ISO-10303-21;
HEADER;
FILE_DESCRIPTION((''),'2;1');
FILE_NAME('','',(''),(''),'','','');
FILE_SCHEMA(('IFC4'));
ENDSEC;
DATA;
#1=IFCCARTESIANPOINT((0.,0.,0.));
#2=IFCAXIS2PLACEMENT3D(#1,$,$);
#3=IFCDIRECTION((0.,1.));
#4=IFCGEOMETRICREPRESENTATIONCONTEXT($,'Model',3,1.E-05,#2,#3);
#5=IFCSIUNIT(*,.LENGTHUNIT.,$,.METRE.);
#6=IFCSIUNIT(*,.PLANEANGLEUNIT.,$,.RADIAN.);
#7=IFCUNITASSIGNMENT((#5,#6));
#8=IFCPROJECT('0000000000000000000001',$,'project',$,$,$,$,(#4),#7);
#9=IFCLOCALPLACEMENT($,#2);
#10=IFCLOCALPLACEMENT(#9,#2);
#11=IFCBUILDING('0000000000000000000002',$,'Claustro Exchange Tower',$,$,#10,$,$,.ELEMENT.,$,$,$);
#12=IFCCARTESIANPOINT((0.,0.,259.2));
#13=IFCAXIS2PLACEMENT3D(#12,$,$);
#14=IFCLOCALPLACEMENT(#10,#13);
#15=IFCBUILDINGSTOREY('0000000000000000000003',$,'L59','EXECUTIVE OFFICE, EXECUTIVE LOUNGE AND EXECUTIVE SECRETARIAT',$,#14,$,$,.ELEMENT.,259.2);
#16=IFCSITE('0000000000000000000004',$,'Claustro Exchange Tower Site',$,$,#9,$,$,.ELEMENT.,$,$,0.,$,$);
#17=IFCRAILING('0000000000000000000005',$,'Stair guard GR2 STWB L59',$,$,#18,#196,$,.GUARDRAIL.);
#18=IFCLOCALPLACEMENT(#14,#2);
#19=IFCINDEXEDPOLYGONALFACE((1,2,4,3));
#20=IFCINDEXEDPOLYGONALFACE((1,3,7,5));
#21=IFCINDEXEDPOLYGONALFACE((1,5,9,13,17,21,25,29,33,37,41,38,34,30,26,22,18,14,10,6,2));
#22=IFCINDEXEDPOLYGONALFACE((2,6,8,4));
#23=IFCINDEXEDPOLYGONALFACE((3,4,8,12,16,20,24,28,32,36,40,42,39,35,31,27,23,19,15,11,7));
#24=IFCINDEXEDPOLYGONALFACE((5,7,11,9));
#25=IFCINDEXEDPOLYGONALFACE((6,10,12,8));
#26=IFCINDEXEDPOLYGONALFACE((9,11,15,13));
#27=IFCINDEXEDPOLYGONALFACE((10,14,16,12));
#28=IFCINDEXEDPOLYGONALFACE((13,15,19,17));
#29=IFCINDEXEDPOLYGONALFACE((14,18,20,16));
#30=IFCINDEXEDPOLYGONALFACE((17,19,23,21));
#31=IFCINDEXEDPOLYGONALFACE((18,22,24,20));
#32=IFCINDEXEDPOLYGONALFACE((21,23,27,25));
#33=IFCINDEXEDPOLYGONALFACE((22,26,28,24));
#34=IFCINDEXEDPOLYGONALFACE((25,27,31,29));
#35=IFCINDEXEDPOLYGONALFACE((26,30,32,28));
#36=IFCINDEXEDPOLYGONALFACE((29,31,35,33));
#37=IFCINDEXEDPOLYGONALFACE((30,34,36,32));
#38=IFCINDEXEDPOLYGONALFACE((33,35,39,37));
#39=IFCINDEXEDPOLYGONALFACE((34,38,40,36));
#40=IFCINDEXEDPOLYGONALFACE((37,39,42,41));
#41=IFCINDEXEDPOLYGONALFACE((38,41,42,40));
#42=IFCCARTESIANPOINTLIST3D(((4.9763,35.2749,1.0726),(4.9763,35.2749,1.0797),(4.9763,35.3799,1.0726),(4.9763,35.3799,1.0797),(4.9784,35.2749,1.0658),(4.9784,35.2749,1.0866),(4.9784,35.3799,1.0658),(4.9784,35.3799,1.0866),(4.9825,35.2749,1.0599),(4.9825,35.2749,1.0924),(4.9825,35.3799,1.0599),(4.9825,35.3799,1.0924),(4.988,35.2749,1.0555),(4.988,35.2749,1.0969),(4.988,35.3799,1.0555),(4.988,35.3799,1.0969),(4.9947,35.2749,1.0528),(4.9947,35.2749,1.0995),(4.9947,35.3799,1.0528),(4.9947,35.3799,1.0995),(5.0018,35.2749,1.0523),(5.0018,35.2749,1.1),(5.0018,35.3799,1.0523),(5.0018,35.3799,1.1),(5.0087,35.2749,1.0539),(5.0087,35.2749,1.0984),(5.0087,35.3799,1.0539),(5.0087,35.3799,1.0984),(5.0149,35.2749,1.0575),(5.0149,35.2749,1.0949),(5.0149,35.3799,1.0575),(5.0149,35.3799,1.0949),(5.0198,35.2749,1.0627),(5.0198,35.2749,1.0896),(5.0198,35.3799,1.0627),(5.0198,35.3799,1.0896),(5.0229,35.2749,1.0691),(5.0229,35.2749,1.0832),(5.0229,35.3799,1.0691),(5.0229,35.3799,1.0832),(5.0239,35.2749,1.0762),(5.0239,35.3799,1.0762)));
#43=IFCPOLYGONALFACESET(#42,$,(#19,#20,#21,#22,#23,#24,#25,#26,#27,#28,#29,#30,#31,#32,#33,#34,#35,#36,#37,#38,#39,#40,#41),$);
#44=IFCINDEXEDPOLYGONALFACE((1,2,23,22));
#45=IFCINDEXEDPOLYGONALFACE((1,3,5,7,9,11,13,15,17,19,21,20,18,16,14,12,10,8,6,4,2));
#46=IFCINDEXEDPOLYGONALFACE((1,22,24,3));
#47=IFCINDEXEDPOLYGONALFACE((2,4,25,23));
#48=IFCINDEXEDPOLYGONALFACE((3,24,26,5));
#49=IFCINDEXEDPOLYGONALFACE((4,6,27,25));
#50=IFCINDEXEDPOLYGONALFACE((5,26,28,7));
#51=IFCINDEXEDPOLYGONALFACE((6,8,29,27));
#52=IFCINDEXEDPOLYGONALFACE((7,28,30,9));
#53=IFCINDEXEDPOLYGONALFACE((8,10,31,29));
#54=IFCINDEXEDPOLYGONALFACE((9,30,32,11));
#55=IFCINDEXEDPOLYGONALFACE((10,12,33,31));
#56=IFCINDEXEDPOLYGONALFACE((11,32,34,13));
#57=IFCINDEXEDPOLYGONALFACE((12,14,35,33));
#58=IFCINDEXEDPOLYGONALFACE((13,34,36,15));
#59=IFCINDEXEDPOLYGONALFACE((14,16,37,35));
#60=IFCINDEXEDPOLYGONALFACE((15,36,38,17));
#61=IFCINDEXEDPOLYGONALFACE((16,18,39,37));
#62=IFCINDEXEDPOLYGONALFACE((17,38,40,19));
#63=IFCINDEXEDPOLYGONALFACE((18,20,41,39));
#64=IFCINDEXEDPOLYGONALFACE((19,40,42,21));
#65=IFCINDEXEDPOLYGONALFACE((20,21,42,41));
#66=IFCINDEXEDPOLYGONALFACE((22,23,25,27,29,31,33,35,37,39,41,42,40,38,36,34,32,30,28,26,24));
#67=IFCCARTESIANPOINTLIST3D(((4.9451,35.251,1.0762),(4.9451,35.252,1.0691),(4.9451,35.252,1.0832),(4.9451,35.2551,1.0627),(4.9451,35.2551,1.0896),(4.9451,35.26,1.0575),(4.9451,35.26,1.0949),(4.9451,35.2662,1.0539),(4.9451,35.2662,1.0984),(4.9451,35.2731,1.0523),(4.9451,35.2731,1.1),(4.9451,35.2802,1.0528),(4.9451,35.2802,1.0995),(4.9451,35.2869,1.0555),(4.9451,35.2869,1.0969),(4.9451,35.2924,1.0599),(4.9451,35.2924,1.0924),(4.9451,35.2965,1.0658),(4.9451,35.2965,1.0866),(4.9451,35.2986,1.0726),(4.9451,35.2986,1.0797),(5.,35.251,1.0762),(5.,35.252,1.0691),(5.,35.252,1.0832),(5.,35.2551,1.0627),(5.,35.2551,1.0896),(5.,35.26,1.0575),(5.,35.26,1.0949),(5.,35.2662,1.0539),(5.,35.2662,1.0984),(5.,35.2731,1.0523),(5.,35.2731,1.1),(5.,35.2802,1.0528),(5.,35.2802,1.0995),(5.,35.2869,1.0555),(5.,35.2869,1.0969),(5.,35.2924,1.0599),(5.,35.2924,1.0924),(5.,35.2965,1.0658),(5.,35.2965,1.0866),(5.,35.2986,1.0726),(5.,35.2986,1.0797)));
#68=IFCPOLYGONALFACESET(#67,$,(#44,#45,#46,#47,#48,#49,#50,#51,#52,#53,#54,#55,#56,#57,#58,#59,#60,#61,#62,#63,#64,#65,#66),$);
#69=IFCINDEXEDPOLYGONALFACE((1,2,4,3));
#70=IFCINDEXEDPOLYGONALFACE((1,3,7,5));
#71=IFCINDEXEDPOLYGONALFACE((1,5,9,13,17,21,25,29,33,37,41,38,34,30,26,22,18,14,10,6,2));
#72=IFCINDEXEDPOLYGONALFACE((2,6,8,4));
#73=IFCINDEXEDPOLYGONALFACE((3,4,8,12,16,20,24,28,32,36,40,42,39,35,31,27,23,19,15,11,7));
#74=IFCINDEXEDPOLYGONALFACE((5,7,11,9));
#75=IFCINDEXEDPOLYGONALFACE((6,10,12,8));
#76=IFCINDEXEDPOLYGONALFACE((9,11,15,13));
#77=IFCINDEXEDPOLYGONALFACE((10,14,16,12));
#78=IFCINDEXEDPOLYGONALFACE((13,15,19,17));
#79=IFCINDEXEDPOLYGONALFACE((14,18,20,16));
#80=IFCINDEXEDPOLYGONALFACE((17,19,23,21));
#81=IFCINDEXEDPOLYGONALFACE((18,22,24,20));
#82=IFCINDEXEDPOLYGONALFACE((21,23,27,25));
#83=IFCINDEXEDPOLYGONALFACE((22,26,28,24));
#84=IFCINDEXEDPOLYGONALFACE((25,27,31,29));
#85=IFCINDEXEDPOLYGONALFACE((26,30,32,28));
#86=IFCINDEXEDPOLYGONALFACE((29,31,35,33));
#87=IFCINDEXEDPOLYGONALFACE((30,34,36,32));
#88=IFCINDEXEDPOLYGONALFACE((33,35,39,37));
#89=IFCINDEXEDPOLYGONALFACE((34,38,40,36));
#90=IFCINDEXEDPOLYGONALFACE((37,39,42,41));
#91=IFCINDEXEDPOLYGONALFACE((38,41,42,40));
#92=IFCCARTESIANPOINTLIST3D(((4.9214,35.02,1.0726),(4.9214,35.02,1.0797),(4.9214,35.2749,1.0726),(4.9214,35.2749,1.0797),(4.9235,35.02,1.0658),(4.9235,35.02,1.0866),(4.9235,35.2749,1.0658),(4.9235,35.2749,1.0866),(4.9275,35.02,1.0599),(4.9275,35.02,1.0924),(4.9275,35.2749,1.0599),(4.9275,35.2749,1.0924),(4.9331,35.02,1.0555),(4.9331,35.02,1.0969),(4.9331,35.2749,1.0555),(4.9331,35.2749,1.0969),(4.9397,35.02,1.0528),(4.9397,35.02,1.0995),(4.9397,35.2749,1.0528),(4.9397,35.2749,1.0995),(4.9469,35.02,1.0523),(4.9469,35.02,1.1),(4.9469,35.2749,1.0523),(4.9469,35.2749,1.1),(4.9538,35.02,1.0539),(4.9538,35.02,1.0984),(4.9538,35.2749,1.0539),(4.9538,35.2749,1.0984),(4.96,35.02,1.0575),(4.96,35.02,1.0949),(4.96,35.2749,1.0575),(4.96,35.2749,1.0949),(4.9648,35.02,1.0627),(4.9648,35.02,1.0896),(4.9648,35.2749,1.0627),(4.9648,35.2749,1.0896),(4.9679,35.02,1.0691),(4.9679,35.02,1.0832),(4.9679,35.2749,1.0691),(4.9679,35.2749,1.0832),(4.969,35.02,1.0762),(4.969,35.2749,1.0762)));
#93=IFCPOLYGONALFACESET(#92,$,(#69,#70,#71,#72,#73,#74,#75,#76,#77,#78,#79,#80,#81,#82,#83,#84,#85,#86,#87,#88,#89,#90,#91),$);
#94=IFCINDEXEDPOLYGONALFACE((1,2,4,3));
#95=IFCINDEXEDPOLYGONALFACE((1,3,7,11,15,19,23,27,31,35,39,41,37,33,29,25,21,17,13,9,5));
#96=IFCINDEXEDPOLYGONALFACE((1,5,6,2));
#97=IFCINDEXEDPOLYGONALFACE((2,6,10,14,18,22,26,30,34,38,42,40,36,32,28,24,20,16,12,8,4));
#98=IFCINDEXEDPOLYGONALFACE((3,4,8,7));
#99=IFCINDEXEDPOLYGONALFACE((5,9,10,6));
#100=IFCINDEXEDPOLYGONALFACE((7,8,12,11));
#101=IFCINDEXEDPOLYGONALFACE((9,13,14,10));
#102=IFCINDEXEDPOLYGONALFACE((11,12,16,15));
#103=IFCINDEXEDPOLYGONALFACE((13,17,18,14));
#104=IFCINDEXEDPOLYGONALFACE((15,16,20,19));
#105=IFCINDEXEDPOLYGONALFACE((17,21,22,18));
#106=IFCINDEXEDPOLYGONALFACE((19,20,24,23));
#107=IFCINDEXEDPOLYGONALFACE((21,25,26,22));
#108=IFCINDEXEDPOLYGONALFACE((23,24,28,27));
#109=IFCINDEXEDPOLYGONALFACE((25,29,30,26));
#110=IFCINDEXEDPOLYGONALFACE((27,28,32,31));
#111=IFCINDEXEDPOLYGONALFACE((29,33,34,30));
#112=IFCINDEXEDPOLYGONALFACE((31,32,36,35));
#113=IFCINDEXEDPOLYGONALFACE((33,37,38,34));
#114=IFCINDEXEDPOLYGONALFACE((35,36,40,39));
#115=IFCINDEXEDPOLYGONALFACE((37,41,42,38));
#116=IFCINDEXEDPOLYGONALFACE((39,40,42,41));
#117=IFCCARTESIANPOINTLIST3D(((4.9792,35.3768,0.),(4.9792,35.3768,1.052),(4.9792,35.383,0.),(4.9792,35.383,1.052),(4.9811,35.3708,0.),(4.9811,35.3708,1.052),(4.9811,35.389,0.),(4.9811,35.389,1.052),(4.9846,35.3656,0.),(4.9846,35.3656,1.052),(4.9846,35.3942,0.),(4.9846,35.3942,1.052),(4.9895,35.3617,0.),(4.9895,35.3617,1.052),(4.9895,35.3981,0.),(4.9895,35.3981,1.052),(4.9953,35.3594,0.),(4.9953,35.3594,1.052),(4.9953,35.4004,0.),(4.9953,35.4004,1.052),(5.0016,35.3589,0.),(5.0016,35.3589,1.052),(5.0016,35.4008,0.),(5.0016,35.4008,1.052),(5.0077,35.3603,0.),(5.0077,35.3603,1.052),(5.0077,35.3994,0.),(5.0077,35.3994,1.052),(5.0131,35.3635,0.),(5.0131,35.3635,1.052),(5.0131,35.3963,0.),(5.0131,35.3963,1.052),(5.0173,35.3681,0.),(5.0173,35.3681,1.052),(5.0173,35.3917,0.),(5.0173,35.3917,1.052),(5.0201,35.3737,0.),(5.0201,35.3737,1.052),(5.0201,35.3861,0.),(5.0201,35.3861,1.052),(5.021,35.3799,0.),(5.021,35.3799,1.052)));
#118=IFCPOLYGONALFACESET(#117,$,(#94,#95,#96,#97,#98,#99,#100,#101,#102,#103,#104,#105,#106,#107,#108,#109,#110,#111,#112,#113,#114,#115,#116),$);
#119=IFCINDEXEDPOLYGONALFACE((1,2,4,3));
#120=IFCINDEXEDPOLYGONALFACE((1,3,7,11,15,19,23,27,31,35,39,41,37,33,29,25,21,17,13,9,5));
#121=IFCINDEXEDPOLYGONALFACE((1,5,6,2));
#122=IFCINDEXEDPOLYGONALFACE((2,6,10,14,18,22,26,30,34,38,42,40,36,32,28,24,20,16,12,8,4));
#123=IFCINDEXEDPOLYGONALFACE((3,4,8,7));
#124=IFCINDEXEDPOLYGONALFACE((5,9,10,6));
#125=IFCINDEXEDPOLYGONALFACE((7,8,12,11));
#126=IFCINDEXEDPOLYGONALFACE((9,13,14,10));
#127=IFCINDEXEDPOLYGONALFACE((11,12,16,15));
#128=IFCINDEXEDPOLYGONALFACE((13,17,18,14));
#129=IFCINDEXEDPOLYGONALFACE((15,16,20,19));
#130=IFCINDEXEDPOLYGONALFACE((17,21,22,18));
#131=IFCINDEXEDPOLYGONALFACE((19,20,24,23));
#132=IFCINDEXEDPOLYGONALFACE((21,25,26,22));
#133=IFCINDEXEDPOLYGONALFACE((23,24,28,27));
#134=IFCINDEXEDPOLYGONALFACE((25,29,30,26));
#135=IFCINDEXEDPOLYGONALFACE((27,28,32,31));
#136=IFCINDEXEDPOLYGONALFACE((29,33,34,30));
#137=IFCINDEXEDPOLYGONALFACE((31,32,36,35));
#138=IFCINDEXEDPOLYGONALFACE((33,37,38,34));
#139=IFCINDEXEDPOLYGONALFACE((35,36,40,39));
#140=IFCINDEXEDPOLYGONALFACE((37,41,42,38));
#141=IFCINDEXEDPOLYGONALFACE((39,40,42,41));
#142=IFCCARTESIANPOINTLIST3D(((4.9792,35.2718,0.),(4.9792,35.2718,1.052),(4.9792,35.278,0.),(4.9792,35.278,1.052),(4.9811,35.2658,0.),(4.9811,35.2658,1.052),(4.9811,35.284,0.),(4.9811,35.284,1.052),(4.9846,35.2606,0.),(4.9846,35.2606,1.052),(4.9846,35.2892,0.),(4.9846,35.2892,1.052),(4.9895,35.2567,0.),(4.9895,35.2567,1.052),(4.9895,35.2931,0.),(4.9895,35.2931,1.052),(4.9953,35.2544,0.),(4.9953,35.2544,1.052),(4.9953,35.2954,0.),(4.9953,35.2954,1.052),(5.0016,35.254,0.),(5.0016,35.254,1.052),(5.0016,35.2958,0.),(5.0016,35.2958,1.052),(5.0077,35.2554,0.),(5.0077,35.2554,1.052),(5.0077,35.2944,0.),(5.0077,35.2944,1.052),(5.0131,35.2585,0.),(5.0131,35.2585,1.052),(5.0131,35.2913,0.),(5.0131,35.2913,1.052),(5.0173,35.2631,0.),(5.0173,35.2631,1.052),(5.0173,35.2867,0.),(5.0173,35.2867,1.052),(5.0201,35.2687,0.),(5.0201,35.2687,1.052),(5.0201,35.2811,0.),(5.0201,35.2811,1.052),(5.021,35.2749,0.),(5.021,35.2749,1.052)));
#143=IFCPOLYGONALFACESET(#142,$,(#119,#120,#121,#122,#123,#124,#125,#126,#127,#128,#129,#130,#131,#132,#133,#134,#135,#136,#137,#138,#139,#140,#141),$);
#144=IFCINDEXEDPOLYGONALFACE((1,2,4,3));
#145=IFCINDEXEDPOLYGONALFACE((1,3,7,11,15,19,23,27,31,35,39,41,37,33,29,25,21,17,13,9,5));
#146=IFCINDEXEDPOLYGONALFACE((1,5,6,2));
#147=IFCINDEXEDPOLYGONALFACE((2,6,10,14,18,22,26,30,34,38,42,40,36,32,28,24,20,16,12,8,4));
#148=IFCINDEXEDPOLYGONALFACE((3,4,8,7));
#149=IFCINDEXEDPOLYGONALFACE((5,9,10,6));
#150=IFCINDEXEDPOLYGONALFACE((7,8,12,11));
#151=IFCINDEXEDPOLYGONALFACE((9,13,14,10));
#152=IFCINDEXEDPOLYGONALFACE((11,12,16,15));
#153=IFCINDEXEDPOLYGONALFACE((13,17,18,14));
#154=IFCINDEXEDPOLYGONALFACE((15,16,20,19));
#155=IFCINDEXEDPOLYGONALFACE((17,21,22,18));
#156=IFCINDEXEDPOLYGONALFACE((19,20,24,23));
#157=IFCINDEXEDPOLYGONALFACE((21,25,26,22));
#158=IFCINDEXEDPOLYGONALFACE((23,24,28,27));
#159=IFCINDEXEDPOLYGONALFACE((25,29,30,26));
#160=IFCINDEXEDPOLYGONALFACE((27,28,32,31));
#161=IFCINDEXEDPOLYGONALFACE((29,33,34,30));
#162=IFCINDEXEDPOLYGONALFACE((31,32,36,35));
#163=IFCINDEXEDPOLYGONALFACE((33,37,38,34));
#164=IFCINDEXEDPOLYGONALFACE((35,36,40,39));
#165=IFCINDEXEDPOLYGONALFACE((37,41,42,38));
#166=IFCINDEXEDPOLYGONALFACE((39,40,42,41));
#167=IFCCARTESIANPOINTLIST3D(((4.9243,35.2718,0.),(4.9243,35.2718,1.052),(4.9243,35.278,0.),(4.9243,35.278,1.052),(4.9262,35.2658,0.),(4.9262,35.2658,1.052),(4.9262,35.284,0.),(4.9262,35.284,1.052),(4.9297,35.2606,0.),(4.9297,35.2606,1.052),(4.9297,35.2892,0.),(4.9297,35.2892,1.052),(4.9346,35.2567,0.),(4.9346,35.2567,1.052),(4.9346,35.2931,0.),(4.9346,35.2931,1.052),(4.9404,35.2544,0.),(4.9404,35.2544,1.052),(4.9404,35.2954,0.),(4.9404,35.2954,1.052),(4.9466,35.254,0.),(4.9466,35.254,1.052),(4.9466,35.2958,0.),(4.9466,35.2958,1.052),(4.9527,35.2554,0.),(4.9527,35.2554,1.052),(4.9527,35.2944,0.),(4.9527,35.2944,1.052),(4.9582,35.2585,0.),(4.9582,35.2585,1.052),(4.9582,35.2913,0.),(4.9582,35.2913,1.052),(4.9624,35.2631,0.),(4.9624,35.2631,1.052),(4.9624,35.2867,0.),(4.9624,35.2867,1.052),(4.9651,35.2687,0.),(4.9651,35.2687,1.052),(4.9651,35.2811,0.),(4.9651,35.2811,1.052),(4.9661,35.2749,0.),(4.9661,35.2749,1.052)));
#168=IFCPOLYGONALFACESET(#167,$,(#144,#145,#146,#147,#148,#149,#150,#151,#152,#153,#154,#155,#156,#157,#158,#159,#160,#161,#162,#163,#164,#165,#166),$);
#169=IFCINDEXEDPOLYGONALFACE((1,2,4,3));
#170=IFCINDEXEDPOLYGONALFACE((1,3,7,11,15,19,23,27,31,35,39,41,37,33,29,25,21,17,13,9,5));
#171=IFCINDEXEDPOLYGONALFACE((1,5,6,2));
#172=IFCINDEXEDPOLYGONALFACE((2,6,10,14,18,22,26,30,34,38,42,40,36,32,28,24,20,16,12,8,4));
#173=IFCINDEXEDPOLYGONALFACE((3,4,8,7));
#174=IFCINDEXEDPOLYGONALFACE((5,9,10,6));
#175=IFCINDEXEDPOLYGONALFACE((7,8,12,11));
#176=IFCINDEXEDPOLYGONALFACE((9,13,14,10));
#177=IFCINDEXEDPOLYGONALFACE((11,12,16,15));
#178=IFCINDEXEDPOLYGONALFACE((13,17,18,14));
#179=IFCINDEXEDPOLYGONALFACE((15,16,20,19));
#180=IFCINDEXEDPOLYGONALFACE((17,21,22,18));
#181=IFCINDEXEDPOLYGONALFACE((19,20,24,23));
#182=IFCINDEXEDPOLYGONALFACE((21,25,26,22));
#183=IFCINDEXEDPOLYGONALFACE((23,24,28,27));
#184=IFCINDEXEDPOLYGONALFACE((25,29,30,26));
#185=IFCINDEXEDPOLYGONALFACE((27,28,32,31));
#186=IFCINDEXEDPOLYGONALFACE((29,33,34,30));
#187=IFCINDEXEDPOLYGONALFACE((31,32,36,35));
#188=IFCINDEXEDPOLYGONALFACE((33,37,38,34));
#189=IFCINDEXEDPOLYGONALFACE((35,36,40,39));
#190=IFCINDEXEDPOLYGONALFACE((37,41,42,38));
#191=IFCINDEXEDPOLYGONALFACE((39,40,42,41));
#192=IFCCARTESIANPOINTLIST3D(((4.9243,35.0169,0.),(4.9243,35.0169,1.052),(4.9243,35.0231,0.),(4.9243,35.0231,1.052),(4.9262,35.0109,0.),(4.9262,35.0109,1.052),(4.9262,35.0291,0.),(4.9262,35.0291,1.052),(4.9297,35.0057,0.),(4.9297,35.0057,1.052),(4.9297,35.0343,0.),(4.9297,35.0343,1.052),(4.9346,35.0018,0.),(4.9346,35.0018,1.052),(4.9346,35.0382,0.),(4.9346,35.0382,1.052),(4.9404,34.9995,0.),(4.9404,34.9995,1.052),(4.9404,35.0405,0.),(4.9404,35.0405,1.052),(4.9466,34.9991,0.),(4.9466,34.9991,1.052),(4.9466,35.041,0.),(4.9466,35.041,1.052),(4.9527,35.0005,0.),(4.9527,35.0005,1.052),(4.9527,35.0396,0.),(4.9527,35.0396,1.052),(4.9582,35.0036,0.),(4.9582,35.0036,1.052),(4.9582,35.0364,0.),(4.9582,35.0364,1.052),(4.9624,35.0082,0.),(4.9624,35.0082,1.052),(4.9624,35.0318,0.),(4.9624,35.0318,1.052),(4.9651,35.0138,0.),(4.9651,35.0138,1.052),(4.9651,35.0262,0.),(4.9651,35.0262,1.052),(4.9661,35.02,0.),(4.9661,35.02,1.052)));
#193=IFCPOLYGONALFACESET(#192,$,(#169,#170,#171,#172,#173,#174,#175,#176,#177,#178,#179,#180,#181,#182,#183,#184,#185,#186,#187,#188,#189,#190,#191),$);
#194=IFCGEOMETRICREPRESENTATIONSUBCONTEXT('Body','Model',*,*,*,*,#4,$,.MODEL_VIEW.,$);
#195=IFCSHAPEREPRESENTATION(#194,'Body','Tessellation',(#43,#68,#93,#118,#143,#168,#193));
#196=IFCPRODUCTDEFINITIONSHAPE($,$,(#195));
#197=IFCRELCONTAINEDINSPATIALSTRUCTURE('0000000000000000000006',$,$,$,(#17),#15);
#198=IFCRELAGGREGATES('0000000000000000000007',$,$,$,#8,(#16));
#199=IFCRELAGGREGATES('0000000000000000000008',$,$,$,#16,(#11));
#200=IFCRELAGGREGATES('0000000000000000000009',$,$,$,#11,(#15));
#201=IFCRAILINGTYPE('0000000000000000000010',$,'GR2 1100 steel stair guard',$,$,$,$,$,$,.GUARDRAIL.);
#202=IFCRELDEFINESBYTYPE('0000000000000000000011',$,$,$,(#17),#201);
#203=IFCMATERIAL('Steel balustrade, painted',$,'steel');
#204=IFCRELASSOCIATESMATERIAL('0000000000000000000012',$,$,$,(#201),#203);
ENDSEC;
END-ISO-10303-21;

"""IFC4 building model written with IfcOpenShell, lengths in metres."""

from ifc_helpers import new_model, si_unit, direction, frame, origin, origin_2d, place, context, subcontext, project, spatial, circle, extrude, material, type_object, element, save


model = new_model("IFC4")

# Units and contexts
model_context = context("Model", 3, precision=1e-05, world=origin(), true_north=direction((0.0, 1.0)))
body_context = subcontext(model_context, "Body", "Model", "MODEL_VIEW")
ifc_project = project(units=[si_unit("LENGTHUNIT", "METRE"), si_unit("PLANEANGLEUNIT", "RADIAN")], contexts=[model_context])

# Site, building, storey
site_placement = place(None, origin())
site = spatial("IfcSite", under=ifc_project, at=site_placement, Name="Claustro Exchange Tower Site", CompositionType="ELEMENT", RefElevation=0.0)
building_placement = place(site_placement, origin())
building = spatial("IfcBuilding", under=site, at=building_placement, Name="Claustro Exchange Tower", CompositionType="ELEMENT")
storey_placement = place(building_placement, frame((0.0, 0.0, 259.2)))
storey = spatial("IfcBuildingStorey", under=building, at=storey_placement, Name="L59", Description="EXECUTIVE OFFICE, EXECUTIVE LOUNGE AND EXECUTIVE SECRETARIAT", CompositionType="ELEMENT", Elevation=259.2)

# Railing
ifc_material_1 = material(Name="Steel balustrade, painted", Category="steel")
railing_type_1 = type_object("IfcRailingType", Name="GR2 1100 steel stair guard", PredefinedType="GUARDRAIL", material=ifc_material_1)
railing_1_placement = place(storey_placement, frame((5.0, 35.3799, 0.0)))
element("IfcRailing", 1, at=railing_1_placement, inside=storey, type_object=railing_type_1, Name="Stair guard GR2 STWB L59", PredefinedType="GUARDRAIL", context=body_context, shape_type="SweptSolid", body=[
    extrude(circle(Radius=0.0239, at=origin_2d()), frame((0.0, 0.0, 1.0762), z_axis=(0.0, -1.0, 0.0), x_axis=(1.0, 0.0, 0.0)), (0.0, 0.0, 1.0), 0.105),
    extrude(circle(Radius=0.0239, at=origin_2d()), frame((0.0, -0.105, 1.0762), z_axis=(-1.0, 0.0, 0.0), x_axis=(0.0, -1.0, 0.0)), (0.0, 0.0, 1.0), 0.0549),
    extrude(circle(Radius=0.0239, at=origin_2d()), frame((-0.0549, -0.105, 1.0762), z_axis=(0.0, -1.0, 0.0), x_axis=(1.0, 0.0, 0.0)), (0.0, 0.0, 1.0), 0.2549),
    extrude(circle(Radius=0.021, at=origin_2d()), origin(), (0.0, 0.0, 1.0), 1.052),
    extrude(circle(Radius=0.021, at=origin_2d()), frame((0.0, -0.105, 0.0)), (0.0, 0.0, 1.0), 1.052),
    extrude(circle(Radius=0.021, at=origin_2d()), frame((-0.0549, -0.105, 0.0)), (0.0, 0.0, 1.0), 1.052),
    extrude(circle(Radius=0.021, at=origin_2d()), frame((-0.0549, -0.3599, 0.0)), (0.0, 0.0, 1.0), 1.052),
])

save(model, "model.ifc")
